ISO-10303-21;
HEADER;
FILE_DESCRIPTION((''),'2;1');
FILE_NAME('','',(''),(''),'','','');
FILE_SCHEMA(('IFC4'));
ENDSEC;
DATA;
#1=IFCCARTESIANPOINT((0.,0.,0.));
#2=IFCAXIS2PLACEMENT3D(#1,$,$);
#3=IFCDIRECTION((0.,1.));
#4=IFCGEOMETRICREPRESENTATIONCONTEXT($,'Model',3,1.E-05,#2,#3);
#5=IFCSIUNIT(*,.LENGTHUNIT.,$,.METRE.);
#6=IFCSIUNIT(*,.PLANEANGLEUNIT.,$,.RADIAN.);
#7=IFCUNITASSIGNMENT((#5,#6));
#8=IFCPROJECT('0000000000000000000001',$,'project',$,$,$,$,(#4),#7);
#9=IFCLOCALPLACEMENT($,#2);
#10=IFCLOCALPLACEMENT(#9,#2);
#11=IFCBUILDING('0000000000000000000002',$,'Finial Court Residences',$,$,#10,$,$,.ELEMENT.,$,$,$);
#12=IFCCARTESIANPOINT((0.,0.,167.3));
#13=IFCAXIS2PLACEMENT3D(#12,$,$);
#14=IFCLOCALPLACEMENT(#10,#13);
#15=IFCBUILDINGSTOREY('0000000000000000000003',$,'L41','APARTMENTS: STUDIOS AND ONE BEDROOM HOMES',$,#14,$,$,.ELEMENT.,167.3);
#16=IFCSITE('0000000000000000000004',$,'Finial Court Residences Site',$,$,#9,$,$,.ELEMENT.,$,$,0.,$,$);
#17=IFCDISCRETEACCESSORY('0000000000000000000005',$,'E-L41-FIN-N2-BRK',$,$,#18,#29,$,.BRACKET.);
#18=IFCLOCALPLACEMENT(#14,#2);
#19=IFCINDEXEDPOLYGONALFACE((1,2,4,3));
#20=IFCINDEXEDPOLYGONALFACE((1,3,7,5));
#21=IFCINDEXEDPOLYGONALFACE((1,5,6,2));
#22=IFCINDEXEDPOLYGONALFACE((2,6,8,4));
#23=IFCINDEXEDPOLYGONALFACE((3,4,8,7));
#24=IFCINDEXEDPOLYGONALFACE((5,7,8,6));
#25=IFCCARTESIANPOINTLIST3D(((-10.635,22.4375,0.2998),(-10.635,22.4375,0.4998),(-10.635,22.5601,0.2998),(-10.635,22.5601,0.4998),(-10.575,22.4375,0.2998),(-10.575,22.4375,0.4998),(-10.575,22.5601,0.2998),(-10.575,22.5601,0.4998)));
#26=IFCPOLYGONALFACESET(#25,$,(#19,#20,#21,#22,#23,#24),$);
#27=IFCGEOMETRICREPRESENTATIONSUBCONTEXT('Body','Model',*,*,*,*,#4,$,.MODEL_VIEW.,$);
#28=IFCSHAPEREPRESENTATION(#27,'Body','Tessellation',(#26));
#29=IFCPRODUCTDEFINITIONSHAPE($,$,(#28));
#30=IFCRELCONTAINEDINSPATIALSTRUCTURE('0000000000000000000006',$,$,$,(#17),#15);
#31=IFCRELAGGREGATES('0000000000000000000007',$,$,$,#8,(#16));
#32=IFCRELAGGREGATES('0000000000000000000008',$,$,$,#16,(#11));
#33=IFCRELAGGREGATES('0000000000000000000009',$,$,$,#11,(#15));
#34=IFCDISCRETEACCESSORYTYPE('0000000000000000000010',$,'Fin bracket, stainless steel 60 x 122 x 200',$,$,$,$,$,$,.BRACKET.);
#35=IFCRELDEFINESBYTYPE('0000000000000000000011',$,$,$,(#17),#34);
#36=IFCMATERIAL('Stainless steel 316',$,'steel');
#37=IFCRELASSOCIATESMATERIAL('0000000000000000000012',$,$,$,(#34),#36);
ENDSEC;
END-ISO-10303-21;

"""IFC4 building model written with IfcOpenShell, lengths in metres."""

from ifc_helpers import new_model, si_unit, direction, frame, origin, origin_2d, place, context, subcontext, project, spatial, rectangle, extrude, material, type_object, element, save


model = new_model("IFC4")

# Units and contexts
model_context = context("Model", 3, precision=1e-05, world=origin(), true_north=direction((0.0, 1.0)))
body_context = subcontext(model_context, "Body", "Model", "MODEL_VIEW")
ifc_project = project(units=[si_unit("LENGTHUNIT", "METRE"), si_unit("PLANEANGLEUNIT", "RADIAN")], contexts=[model_context])

# Site, building, storey
site_placement = place(None, origin())
site = spatial("IfcSite", under=ifc_project, at=site_placement, Name="Finial Court Residences Site", CompositionType="ELEMENT", RefElevation=0.0)
building_placement = place(site_placement, origin())
building = spatial("IfcBuilding", under=site, at=building_placement, Name="Finial Court Residences", CompositionType="ELEMENT")
storey_placement = place(building_placement, frame((0.0, 0.0, 167.3)))
storey = spatial("IfcBuildingStorey", under=building, at=storey_placement, Name="L41", Description="APARTMENTS: STUDIOS AND ONE BEDROOM HOMES", CompositionType="ELEMENT", Elevation=167.3)

# Discrete accessory
ifc_material_1 = material(Name="Stainless steel 316", Category="steel")
discrete_accessory_type = type_object("IfcDiscreteAccessoryType", Name="Fin bracket, stainless steel 60 x 122 x 200", PredefinedType="BRACKET", material=ifc_material_1)
discrete_accessory_placement = place(storey_placement, frame((-10.605, 22.4988, 0.2998), z_axis=(0.0, 0.0, 1.0), x_axis=(1.0, 0.0, 0.0)))
element("IfcDiscreteAccessory", 1, at=discrete_accessory_placement, inside=storey, type_object=discrete_accessory_type, Name="E-L41-FIN-N2-BRK", PredefinedType="BRACKET", context=body_context, shape_type="SweptSolid", body=[
    extrude(rectangle(XDim=0.0601, YDim=0.1226, at=origin_2d()), origin(), (0.0, 0.0, 1.0), 0.2),
])

save(model, "model.ifc")
